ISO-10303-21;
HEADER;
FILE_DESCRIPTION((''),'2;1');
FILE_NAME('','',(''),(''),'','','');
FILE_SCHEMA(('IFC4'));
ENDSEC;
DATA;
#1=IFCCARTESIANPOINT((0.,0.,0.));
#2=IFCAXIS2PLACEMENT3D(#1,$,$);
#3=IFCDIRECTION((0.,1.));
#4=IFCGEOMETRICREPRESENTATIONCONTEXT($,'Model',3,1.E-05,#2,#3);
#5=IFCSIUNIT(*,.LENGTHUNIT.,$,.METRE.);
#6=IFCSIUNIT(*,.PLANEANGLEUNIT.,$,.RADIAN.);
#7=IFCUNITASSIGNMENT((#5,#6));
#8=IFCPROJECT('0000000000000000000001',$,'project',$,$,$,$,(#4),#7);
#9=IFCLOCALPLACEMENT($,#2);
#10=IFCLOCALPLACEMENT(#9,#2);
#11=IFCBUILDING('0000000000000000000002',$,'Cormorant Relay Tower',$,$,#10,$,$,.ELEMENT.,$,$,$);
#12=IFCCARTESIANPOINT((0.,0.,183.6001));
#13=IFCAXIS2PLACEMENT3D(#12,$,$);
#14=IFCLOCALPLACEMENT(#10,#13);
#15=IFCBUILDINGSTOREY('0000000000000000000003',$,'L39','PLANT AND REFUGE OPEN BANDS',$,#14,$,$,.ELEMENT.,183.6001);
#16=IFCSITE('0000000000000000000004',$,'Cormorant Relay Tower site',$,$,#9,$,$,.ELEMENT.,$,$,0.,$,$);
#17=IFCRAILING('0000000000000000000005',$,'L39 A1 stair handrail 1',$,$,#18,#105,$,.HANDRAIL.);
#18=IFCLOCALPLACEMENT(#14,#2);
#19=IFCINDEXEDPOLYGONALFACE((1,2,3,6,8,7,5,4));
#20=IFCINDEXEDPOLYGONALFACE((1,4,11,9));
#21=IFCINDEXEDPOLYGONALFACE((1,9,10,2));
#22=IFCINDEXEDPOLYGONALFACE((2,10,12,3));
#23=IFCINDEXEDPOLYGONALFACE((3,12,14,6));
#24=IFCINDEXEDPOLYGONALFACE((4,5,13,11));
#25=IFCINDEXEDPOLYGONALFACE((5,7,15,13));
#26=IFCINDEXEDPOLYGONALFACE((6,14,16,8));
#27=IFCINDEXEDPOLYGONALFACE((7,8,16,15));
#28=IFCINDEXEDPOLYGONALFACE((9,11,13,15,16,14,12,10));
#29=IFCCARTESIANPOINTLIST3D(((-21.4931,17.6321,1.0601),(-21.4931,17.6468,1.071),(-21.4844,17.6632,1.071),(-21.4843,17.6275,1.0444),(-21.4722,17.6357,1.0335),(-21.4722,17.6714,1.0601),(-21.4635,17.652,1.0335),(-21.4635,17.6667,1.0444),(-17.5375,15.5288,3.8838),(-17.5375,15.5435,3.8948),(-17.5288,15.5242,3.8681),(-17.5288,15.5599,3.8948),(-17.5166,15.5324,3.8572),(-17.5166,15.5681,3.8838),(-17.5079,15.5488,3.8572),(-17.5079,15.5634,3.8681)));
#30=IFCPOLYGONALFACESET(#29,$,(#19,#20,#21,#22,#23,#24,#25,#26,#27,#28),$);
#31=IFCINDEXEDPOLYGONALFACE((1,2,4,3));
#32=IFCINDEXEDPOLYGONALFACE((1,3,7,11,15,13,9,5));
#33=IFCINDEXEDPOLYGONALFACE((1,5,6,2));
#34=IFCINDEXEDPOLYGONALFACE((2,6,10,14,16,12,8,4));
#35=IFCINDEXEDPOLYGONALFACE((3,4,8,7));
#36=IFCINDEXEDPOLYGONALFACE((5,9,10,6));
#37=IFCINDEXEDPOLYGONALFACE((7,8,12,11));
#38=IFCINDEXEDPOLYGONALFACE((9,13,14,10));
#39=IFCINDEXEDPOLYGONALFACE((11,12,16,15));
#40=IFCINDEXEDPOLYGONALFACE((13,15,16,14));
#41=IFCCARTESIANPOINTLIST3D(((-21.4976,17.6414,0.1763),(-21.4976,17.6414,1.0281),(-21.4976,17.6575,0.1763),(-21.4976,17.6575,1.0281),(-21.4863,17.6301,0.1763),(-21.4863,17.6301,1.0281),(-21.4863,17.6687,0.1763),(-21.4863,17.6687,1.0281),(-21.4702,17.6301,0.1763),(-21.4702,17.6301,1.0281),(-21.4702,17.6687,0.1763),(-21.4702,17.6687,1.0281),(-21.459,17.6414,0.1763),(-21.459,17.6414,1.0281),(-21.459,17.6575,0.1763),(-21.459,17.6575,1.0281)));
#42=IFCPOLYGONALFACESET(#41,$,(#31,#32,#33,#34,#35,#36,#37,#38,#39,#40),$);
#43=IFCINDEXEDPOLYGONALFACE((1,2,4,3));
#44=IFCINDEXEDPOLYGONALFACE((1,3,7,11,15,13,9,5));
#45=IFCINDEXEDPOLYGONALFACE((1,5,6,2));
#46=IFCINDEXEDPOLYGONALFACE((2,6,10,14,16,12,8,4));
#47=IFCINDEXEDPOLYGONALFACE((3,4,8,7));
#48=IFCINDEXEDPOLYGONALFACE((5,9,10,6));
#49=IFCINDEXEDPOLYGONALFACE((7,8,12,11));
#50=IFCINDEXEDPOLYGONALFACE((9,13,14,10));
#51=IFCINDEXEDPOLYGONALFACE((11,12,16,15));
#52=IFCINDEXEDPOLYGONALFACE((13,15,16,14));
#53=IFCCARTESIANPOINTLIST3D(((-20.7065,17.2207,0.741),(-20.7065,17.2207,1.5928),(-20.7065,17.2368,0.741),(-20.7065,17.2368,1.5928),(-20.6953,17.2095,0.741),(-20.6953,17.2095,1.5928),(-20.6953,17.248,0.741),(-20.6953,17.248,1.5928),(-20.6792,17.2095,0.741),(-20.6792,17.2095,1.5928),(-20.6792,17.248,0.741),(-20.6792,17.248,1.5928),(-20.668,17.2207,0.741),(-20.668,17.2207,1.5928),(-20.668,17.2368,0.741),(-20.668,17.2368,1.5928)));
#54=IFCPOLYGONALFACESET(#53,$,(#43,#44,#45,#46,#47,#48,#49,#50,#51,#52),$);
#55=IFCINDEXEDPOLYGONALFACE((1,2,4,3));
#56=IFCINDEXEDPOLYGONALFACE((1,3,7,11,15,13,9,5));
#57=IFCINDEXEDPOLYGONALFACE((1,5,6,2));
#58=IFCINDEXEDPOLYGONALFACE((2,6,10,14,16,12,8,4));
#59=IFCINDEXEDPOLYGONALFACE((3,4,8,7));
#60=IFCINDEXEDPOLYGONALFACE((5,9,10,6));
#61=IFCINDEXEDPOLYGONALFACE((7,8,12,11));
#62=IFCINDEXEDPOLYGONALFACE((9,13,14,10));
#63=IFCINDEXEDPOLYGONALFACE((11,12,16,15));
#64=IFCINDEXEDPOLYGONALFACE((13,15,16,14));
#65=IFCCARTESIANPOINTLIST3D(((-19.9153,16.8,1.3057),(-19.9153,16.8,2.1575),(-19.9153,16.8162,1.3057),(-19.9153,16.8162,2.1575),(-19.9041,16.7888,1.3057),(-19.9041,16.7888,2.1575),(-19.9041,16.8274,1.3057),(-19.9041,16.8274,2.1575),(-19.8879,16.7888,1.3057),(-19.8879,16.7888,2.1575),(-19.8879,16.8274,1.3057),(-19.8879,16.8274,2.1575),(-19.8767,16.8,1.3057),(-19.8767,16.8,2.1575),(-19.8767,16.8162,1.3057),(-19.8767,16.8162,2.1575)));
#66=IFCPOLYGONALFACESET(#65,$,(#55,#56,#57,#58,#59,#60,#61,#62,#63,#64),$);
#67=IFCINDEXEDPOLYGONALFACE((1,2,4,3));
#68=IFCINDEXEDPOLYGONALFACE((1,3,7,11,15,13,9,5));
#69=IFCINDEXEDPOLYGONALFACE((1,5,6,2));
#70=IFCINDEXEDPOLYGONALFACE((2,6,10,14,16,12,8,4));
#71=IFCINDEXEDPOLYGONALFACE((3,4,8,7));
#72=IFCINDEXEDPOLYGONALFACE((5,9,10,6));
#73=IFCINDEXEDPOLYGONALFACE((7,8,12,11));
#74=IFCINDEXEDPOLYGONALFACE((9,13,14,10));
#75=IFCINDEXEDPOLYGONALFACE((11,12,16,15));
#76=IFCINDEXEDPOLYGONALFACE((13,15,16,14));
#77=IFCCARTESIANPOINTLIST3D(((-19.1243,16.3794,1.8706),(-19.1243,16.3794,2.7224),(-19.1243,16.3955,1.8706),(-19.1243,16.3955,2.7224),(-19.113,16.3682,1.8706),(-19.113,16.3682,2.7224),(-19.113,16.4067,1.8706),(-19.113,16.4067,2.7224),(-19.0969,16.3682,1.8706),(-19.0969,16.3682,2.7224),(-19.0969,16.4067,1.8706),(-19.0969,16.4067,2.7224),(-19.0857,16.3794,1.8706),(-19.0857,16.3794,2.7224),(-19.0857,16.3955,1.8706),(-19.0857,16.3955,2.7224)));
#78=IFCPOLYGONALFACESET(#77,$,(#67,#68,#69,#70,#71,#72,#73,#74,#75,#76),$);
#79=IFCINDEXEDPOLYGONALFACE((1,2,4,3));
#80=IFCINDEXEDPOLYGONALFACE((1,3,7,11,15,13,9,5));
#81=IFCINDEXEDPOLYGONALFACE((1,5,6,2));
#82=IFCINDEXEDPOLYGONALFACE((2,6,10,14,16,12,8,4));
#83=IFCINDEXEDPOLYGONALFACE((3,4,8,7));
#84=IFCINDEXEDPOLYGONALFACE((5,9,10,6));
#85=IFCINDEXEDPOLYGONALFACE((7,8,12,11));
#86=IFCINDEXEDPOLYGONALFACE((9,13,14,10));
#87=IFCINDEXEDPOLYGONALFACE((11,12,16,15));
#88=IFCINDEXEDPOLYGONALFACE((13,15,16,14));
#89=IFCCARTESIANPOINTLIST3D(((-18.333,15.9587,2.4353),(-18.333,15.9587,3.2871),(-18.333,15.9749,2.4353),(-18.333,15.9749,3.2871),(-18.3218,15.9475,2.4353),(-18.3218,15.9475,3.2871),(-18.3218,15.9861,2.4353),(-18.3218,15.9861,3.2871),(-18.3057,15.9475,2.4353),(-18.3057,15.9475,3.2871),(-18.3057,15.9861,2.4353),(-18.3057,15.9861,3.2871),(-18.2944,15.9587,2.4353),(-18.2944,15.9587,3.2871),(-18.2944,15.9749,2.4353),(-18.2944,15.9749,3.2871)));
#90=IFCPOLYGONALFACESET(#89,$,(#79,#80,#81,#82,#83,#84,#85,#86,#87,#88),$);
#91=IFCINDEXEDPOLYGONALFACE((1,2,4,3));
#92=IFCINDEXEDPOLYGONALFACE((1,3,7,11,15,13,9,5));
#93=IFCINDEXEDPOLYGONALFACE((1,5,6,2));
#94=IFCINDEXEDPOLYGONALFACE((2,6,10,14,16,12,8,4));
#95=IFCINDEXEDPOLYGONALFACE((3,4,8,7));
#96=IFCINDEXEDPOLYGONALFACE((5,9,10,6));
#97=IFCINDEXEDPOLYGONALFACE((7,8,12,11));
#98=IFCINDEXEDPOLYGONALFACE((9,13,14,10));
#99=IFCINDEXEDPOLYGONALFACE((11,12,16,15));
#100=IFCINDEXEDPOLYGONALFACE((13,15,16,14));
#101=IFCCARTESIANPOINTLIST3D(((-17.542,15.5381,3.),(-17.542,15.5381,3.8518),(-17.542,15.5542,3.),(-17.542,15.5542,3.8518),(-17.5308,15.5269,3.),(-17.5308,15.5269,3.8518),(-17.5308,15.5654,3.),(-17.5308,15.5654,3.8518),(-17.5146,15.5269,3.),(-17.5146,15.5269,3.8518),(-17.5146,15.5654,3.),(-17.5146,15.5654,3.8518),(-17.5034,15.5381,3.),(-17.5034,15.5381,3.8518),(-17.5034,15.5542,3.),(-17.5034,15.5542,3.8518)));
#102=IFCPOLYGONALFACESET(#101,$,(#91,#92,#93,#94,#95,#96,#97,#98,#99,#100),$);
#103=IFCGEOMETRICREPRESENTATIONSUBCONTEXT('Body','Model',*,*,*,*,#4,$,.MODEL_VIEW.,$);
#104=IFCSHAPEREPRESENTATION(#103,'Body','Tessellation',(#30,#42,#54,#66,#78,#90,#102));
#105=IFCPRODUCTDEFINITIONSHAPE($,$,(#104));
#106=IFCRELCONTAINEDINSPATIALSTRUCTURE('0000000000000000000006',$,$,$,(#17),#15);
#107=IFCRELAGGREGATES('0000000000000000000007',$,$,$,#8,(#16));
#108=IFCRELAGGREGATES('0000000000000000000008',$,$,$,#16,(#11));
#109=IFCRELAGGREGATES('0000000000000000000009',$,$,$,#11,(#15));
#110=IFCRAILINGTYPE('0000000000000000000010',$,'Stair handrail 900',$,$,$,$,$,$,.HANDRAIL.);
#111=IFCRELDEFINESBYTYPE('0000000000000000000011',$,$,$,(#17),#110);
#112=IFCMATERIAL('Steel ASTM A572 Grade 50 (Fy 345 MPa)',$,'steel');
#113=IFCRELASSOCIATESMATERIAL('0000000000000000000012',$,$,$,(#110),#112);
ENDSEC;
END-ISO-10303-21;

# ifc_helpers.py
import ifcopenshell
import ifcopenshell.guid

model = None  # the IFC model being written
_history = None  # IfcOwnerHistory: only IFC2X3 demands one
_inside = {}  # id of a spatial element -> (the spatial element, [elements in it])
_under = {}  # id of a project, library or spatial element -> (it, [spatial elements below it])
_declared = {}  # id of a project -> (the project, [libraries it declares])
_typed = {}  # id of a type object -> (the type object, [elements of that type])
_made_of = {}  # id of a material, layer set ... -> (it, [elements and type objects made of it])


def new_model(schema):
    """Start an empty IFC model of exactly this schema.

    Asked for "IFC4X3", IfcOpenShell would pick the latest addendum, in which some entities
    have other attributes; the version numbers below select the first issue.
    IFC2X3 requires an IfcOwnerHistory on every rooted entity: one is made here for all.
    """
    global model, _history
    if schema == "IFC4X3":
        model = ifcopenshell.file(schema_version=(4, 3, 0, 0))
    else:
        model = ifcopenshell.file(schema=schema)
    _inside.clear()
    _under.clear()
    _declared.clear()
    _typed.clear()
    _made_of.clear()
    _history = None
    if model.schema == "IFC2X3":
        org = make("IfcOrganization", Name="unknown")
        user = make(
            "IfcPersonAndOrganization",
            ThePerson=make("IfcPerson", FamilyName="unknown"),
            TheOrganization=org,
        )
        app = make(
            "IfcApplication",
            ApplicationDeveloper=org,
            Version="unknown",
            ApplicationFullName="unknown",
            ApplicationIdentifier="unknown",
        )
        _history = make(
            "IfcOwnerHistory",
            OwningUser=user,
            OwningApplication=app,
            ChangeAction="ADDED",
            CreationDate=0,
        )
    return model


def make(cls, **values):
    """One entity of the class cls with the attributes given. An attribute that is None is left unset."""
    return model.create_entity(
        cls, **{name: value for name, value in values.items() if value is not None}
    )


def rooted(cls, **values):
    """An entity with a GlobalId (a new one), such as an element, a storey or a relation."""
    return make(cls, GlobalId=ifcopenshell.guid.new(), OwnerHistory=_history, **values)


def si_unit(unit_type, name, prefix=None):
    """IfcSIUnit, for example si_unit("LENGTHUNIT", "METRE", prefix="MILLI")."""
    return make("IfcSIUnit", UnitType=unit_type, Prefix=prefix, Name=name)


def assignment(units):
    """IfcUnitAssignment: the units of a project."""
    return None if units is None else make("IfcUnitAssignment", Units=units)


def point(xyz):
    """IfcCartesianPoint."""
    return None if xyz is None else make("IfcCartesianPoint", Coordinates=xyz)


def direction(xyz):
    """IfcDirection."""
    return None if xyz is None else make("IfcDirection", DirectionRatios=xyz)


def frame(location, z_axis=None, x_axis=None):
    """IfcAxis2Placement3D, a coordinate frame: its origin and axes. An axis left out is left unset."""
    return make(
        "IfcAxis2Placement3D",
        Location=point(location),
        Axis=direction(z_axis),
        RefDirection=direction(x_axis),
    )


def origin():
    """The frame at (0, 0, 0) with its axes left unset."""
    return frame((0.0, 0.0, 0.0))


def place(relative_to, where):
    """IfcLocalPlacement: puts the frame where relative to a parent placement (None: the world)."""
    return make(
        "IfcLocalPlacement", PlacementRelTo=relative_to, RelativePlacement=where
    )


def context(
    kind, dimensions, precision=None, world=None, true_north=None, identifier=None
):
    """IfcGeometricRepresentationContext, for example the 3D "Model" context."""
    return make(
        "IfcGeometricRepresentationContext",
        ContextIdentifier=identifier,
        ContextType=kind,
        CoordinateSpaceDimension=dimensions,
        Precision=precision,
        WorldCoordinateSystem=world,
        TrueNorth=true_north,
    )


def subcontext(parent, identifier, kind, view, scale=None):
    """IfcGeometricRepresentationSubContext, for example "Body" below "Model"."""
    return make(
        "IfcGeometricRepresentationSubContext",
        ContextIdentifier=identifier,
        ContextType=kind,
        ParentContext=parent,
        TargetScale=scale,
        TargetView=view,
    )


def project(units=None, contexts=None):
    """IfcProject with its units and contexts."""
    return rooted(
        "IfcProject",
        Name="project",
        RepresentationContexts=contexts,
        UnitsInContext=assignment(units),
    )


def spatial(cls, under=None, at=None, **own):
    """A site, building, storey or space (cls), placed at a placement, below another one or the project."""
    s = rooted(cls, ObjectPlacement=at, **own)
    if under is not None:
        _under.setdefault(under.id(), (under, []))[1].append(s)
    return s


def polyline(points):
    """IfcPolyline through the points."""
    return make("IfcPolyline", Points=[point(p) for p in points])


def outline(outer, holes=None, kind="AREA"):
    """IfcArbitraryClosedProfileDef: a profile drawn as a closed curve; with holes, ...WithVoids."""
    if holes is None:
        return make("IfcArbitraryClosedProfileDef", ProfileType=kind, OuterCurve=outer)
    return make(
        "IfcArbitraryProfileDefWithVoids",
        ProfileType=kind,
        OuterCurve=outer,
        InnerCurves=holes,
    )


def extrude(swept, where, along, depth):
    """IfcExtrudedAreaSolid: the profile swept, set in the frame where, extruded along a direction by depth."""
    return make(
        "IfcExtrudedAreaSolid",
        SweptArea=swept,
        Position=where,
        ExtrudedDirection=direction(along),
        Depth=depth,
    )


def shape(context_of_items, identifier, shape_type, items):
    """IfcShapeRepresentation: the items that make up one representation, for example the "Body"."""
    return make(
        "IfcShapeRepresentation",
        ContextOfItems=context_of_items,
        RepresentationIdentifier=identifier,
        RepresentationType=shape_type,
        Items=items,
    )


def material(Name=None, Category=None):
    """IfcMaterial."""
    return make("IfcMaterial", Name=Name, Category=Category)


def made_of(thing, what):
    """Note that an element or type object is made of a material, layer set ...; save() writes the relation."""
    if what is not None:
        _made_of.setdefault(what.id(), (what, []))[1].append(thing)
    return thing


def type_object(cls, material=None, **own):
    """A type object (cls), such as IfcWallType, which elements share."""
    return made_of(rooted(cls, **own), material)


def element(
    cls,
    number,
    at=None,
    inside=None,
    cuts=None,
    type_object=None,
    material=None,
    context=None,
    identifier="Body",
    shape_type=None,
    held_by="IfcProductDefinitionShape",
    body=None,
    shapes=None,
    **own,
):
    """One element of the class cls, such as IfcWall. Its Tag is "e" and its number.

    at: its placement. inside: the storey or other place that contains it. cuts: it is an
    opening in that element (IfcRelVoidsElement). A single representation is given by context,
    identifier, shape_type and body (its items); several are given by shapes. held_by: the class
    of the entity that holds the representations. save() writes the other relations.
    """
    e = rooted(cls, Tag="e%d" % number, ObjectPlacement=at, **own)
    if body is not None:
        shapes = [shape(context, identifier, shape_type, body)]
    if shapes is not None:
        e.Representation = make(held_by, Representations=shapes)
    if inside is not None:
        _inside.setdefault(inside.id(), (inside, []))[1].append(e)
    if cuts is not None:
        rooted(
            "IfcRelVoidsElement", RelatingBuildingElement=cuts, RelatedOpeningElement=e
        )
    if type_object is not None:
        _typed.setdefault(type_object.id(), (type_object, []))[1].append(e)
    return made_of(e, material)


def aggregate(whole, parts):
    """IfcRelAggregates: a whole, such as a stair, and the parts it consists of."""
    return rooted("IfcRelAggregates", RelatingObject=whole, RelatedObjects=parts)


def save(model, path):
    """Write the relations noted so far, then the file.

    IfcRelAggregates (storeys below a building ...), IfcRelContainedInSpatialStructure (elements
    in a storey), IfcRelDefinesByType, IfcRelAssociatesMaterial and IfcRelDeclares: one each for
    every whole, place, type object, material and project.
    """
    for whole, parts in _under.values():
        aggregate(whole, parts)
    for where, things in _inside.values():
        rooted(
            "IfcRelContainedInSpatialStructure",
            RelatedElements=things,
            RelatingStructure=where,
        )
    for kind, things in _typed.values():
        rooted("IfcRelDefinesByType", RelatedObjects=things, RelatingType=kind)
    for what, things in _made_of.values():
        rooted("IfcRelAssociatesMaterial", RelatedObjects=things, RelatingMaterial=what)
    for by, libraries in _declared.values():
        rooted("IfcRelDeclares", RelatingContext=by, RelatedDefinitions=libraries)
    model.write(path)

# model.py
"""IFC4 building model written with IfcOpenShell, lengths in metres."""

from ifc_helpers import new_model, si_unit, direction, frame, origin, place, context, subcontext, project, spatial, polyline, outline, extrude, material, type_object, element, save


model = new_model("IFC4")

# Units and contexts
model_context = context("Model", 3, precision=1e-05, world=origin(), true_north=direction((0.0, 1.0)))
body_context = subcontext(model_context, "Body", "Model", "MODEL_VIEW")
ifc_project = project(units=[si_unit("LENGTHUNIT", "METRE"), si_unit("PLANEANGLEUNIT", "RADIAN")], contexts=[model_context])

# Site, building, storey
site_placement = place(None, origin())
site = spatial("IfcSite", under=ifc_project, at=site_placement, Name="Cormorant Relay Tower site", CompositionType="ELEMENT", RefElevation=0.0)
building_placement = place(site_placement, origin())
building = spatial("IfcBuilding", under=site, at=building_placement, Name="Cormorant Relay Tower", CompositionType="ELEMENT")
storey_placement = place(building_placement, frame((0.0, 0.0, 183.6001)))
storey = spatial("IfcBuildingStorey", under=building, at=storey_placement, Name="L39", Description="PLANT AND REFUGE OPEN BANDS", CompositionType="ELEMENT", Elevation=183.6001)

# Railing
ifc_material_1 = material(Name="Steel ASTM A572 Grade 50 (Fy 345 MPa)", Category="steel")
railing_type_1 = type_object("IfcRailingType", Name="Stair handrail 900", PredefinedType="HANDRAIL", material=ifc_material_1)
railing_1_placement = place(storey_placement, frame((-21.4783, 17.6494, 0.1763)))
element("IfcRailing", 1, at=railing_1_placement, inside=storey, type_object=railing_type_1, Name="L39 A1 stair handrail 1", PredefinedType="HANDRAIL", context=body_context, shape_type="SweptSolid", body=[
    extrude(outline(polyline([(0.0222, 0.0093), (0.0093, 0.0222), (-0.0093, 0.0222), (-0.0222, 0.0093), (-0.0222, -0.0093), (-0.0093, -0.0222), (0.0093, -0.0222), (0.0222, -0.0093), (0.0222, 0.0093)])), frame((0.0, 0.0, 0.876), z_axis=(0.746949, -0.397171, 0.533219), x_axis=(0.469482, 0.882942, 0.0)), (0.0, 0.0, 1.0), 5.2957),
    extrude(outline(polyline([(0.0193, 0.0081), (0.0081, 0.0193), (-0.0081, 0.0193), (-0.0193, 0.0081), (-0.0193, -0.0081), (-0.0081, -0.0193), (0.0081, -0.0193), (0.0193, -0.0081), (0.0193, 0.0081)])), origin(), (0.0, 0.0, 1.0), 0.8518),
    extrude(outline(polyline([(0.0193, 0.0081), (0.0081, 0.0193), (-0.0081, 0.0193), (-0.0193, 0.0081), (-0.0193, -0.0081), (-0.0081, -0.0193), (0.0081, -0.0193), (0.0193, -0.0081), (0.0193, 0.0081)])), frame((0.791, -0.4207, 0.5647)), (0.0, 0.0, 1.0), 0.8518),
    extrude(outline(polyline([(0.0193, 0.0081), (0.0081, 0.0193), (-0.0081, 0.0193), (-0.0193, 0.0081), (-0.0193, -0.0081), (-0.0081, -0.0193), (0.0081, -0.0193), (0.0193, -0.0081), (0.0193, 0.0081)])), frame((1.5823, -0.8413, 1.1294)), (0.0, 0.0, 1.0), 0.8518),
    extrude(outline(polyline([(0.0193, 0.0081), (0.0081, 0.0193), (-0.0081, 0.0193), (-0.0193, 0.0081), (-0.0193, -0.0081), (-0.0081, -0.0193), (0.0081, -0.0193), (0.0193, -0.0081), (0.0193, 0.0081)])), frame((2.3733, -1.262, 1.6943)), (0.0, 0.0, 1.0), 0.8518),
    extrude(outline(polyline([(0.0193, 0.0081), (0.0081, 0.0193), (-0.0081, 0.0193), (-0.0193, 0.0081), (-0.0193, -0.0081), (-0.0081, -0.0193), (0.0081, -0.0193), (0.0193, -0.0081), (0.0193, 0.0081)])), frame((3.1646, -1.6826, 2.259)), (0.0, 0.0, 1.0), 0.8518),
    extrude(outline(polyline([(0.0193, 0.0081), (0.0081, 0.0193), (-0.0081, 0.0193), (-0.0193, 0.0081), (-0.0193, -0.0081), (-0.0081, -0.0193), (0.0081, -0.0193), (0.0193, -0.0081), (0.0193, 0.0081)])), frame((3.9556, -2.1033, 2.8237)), (0.0, 0.0, 1.0), 0.8518),
])

save(model, "model.ifc")
